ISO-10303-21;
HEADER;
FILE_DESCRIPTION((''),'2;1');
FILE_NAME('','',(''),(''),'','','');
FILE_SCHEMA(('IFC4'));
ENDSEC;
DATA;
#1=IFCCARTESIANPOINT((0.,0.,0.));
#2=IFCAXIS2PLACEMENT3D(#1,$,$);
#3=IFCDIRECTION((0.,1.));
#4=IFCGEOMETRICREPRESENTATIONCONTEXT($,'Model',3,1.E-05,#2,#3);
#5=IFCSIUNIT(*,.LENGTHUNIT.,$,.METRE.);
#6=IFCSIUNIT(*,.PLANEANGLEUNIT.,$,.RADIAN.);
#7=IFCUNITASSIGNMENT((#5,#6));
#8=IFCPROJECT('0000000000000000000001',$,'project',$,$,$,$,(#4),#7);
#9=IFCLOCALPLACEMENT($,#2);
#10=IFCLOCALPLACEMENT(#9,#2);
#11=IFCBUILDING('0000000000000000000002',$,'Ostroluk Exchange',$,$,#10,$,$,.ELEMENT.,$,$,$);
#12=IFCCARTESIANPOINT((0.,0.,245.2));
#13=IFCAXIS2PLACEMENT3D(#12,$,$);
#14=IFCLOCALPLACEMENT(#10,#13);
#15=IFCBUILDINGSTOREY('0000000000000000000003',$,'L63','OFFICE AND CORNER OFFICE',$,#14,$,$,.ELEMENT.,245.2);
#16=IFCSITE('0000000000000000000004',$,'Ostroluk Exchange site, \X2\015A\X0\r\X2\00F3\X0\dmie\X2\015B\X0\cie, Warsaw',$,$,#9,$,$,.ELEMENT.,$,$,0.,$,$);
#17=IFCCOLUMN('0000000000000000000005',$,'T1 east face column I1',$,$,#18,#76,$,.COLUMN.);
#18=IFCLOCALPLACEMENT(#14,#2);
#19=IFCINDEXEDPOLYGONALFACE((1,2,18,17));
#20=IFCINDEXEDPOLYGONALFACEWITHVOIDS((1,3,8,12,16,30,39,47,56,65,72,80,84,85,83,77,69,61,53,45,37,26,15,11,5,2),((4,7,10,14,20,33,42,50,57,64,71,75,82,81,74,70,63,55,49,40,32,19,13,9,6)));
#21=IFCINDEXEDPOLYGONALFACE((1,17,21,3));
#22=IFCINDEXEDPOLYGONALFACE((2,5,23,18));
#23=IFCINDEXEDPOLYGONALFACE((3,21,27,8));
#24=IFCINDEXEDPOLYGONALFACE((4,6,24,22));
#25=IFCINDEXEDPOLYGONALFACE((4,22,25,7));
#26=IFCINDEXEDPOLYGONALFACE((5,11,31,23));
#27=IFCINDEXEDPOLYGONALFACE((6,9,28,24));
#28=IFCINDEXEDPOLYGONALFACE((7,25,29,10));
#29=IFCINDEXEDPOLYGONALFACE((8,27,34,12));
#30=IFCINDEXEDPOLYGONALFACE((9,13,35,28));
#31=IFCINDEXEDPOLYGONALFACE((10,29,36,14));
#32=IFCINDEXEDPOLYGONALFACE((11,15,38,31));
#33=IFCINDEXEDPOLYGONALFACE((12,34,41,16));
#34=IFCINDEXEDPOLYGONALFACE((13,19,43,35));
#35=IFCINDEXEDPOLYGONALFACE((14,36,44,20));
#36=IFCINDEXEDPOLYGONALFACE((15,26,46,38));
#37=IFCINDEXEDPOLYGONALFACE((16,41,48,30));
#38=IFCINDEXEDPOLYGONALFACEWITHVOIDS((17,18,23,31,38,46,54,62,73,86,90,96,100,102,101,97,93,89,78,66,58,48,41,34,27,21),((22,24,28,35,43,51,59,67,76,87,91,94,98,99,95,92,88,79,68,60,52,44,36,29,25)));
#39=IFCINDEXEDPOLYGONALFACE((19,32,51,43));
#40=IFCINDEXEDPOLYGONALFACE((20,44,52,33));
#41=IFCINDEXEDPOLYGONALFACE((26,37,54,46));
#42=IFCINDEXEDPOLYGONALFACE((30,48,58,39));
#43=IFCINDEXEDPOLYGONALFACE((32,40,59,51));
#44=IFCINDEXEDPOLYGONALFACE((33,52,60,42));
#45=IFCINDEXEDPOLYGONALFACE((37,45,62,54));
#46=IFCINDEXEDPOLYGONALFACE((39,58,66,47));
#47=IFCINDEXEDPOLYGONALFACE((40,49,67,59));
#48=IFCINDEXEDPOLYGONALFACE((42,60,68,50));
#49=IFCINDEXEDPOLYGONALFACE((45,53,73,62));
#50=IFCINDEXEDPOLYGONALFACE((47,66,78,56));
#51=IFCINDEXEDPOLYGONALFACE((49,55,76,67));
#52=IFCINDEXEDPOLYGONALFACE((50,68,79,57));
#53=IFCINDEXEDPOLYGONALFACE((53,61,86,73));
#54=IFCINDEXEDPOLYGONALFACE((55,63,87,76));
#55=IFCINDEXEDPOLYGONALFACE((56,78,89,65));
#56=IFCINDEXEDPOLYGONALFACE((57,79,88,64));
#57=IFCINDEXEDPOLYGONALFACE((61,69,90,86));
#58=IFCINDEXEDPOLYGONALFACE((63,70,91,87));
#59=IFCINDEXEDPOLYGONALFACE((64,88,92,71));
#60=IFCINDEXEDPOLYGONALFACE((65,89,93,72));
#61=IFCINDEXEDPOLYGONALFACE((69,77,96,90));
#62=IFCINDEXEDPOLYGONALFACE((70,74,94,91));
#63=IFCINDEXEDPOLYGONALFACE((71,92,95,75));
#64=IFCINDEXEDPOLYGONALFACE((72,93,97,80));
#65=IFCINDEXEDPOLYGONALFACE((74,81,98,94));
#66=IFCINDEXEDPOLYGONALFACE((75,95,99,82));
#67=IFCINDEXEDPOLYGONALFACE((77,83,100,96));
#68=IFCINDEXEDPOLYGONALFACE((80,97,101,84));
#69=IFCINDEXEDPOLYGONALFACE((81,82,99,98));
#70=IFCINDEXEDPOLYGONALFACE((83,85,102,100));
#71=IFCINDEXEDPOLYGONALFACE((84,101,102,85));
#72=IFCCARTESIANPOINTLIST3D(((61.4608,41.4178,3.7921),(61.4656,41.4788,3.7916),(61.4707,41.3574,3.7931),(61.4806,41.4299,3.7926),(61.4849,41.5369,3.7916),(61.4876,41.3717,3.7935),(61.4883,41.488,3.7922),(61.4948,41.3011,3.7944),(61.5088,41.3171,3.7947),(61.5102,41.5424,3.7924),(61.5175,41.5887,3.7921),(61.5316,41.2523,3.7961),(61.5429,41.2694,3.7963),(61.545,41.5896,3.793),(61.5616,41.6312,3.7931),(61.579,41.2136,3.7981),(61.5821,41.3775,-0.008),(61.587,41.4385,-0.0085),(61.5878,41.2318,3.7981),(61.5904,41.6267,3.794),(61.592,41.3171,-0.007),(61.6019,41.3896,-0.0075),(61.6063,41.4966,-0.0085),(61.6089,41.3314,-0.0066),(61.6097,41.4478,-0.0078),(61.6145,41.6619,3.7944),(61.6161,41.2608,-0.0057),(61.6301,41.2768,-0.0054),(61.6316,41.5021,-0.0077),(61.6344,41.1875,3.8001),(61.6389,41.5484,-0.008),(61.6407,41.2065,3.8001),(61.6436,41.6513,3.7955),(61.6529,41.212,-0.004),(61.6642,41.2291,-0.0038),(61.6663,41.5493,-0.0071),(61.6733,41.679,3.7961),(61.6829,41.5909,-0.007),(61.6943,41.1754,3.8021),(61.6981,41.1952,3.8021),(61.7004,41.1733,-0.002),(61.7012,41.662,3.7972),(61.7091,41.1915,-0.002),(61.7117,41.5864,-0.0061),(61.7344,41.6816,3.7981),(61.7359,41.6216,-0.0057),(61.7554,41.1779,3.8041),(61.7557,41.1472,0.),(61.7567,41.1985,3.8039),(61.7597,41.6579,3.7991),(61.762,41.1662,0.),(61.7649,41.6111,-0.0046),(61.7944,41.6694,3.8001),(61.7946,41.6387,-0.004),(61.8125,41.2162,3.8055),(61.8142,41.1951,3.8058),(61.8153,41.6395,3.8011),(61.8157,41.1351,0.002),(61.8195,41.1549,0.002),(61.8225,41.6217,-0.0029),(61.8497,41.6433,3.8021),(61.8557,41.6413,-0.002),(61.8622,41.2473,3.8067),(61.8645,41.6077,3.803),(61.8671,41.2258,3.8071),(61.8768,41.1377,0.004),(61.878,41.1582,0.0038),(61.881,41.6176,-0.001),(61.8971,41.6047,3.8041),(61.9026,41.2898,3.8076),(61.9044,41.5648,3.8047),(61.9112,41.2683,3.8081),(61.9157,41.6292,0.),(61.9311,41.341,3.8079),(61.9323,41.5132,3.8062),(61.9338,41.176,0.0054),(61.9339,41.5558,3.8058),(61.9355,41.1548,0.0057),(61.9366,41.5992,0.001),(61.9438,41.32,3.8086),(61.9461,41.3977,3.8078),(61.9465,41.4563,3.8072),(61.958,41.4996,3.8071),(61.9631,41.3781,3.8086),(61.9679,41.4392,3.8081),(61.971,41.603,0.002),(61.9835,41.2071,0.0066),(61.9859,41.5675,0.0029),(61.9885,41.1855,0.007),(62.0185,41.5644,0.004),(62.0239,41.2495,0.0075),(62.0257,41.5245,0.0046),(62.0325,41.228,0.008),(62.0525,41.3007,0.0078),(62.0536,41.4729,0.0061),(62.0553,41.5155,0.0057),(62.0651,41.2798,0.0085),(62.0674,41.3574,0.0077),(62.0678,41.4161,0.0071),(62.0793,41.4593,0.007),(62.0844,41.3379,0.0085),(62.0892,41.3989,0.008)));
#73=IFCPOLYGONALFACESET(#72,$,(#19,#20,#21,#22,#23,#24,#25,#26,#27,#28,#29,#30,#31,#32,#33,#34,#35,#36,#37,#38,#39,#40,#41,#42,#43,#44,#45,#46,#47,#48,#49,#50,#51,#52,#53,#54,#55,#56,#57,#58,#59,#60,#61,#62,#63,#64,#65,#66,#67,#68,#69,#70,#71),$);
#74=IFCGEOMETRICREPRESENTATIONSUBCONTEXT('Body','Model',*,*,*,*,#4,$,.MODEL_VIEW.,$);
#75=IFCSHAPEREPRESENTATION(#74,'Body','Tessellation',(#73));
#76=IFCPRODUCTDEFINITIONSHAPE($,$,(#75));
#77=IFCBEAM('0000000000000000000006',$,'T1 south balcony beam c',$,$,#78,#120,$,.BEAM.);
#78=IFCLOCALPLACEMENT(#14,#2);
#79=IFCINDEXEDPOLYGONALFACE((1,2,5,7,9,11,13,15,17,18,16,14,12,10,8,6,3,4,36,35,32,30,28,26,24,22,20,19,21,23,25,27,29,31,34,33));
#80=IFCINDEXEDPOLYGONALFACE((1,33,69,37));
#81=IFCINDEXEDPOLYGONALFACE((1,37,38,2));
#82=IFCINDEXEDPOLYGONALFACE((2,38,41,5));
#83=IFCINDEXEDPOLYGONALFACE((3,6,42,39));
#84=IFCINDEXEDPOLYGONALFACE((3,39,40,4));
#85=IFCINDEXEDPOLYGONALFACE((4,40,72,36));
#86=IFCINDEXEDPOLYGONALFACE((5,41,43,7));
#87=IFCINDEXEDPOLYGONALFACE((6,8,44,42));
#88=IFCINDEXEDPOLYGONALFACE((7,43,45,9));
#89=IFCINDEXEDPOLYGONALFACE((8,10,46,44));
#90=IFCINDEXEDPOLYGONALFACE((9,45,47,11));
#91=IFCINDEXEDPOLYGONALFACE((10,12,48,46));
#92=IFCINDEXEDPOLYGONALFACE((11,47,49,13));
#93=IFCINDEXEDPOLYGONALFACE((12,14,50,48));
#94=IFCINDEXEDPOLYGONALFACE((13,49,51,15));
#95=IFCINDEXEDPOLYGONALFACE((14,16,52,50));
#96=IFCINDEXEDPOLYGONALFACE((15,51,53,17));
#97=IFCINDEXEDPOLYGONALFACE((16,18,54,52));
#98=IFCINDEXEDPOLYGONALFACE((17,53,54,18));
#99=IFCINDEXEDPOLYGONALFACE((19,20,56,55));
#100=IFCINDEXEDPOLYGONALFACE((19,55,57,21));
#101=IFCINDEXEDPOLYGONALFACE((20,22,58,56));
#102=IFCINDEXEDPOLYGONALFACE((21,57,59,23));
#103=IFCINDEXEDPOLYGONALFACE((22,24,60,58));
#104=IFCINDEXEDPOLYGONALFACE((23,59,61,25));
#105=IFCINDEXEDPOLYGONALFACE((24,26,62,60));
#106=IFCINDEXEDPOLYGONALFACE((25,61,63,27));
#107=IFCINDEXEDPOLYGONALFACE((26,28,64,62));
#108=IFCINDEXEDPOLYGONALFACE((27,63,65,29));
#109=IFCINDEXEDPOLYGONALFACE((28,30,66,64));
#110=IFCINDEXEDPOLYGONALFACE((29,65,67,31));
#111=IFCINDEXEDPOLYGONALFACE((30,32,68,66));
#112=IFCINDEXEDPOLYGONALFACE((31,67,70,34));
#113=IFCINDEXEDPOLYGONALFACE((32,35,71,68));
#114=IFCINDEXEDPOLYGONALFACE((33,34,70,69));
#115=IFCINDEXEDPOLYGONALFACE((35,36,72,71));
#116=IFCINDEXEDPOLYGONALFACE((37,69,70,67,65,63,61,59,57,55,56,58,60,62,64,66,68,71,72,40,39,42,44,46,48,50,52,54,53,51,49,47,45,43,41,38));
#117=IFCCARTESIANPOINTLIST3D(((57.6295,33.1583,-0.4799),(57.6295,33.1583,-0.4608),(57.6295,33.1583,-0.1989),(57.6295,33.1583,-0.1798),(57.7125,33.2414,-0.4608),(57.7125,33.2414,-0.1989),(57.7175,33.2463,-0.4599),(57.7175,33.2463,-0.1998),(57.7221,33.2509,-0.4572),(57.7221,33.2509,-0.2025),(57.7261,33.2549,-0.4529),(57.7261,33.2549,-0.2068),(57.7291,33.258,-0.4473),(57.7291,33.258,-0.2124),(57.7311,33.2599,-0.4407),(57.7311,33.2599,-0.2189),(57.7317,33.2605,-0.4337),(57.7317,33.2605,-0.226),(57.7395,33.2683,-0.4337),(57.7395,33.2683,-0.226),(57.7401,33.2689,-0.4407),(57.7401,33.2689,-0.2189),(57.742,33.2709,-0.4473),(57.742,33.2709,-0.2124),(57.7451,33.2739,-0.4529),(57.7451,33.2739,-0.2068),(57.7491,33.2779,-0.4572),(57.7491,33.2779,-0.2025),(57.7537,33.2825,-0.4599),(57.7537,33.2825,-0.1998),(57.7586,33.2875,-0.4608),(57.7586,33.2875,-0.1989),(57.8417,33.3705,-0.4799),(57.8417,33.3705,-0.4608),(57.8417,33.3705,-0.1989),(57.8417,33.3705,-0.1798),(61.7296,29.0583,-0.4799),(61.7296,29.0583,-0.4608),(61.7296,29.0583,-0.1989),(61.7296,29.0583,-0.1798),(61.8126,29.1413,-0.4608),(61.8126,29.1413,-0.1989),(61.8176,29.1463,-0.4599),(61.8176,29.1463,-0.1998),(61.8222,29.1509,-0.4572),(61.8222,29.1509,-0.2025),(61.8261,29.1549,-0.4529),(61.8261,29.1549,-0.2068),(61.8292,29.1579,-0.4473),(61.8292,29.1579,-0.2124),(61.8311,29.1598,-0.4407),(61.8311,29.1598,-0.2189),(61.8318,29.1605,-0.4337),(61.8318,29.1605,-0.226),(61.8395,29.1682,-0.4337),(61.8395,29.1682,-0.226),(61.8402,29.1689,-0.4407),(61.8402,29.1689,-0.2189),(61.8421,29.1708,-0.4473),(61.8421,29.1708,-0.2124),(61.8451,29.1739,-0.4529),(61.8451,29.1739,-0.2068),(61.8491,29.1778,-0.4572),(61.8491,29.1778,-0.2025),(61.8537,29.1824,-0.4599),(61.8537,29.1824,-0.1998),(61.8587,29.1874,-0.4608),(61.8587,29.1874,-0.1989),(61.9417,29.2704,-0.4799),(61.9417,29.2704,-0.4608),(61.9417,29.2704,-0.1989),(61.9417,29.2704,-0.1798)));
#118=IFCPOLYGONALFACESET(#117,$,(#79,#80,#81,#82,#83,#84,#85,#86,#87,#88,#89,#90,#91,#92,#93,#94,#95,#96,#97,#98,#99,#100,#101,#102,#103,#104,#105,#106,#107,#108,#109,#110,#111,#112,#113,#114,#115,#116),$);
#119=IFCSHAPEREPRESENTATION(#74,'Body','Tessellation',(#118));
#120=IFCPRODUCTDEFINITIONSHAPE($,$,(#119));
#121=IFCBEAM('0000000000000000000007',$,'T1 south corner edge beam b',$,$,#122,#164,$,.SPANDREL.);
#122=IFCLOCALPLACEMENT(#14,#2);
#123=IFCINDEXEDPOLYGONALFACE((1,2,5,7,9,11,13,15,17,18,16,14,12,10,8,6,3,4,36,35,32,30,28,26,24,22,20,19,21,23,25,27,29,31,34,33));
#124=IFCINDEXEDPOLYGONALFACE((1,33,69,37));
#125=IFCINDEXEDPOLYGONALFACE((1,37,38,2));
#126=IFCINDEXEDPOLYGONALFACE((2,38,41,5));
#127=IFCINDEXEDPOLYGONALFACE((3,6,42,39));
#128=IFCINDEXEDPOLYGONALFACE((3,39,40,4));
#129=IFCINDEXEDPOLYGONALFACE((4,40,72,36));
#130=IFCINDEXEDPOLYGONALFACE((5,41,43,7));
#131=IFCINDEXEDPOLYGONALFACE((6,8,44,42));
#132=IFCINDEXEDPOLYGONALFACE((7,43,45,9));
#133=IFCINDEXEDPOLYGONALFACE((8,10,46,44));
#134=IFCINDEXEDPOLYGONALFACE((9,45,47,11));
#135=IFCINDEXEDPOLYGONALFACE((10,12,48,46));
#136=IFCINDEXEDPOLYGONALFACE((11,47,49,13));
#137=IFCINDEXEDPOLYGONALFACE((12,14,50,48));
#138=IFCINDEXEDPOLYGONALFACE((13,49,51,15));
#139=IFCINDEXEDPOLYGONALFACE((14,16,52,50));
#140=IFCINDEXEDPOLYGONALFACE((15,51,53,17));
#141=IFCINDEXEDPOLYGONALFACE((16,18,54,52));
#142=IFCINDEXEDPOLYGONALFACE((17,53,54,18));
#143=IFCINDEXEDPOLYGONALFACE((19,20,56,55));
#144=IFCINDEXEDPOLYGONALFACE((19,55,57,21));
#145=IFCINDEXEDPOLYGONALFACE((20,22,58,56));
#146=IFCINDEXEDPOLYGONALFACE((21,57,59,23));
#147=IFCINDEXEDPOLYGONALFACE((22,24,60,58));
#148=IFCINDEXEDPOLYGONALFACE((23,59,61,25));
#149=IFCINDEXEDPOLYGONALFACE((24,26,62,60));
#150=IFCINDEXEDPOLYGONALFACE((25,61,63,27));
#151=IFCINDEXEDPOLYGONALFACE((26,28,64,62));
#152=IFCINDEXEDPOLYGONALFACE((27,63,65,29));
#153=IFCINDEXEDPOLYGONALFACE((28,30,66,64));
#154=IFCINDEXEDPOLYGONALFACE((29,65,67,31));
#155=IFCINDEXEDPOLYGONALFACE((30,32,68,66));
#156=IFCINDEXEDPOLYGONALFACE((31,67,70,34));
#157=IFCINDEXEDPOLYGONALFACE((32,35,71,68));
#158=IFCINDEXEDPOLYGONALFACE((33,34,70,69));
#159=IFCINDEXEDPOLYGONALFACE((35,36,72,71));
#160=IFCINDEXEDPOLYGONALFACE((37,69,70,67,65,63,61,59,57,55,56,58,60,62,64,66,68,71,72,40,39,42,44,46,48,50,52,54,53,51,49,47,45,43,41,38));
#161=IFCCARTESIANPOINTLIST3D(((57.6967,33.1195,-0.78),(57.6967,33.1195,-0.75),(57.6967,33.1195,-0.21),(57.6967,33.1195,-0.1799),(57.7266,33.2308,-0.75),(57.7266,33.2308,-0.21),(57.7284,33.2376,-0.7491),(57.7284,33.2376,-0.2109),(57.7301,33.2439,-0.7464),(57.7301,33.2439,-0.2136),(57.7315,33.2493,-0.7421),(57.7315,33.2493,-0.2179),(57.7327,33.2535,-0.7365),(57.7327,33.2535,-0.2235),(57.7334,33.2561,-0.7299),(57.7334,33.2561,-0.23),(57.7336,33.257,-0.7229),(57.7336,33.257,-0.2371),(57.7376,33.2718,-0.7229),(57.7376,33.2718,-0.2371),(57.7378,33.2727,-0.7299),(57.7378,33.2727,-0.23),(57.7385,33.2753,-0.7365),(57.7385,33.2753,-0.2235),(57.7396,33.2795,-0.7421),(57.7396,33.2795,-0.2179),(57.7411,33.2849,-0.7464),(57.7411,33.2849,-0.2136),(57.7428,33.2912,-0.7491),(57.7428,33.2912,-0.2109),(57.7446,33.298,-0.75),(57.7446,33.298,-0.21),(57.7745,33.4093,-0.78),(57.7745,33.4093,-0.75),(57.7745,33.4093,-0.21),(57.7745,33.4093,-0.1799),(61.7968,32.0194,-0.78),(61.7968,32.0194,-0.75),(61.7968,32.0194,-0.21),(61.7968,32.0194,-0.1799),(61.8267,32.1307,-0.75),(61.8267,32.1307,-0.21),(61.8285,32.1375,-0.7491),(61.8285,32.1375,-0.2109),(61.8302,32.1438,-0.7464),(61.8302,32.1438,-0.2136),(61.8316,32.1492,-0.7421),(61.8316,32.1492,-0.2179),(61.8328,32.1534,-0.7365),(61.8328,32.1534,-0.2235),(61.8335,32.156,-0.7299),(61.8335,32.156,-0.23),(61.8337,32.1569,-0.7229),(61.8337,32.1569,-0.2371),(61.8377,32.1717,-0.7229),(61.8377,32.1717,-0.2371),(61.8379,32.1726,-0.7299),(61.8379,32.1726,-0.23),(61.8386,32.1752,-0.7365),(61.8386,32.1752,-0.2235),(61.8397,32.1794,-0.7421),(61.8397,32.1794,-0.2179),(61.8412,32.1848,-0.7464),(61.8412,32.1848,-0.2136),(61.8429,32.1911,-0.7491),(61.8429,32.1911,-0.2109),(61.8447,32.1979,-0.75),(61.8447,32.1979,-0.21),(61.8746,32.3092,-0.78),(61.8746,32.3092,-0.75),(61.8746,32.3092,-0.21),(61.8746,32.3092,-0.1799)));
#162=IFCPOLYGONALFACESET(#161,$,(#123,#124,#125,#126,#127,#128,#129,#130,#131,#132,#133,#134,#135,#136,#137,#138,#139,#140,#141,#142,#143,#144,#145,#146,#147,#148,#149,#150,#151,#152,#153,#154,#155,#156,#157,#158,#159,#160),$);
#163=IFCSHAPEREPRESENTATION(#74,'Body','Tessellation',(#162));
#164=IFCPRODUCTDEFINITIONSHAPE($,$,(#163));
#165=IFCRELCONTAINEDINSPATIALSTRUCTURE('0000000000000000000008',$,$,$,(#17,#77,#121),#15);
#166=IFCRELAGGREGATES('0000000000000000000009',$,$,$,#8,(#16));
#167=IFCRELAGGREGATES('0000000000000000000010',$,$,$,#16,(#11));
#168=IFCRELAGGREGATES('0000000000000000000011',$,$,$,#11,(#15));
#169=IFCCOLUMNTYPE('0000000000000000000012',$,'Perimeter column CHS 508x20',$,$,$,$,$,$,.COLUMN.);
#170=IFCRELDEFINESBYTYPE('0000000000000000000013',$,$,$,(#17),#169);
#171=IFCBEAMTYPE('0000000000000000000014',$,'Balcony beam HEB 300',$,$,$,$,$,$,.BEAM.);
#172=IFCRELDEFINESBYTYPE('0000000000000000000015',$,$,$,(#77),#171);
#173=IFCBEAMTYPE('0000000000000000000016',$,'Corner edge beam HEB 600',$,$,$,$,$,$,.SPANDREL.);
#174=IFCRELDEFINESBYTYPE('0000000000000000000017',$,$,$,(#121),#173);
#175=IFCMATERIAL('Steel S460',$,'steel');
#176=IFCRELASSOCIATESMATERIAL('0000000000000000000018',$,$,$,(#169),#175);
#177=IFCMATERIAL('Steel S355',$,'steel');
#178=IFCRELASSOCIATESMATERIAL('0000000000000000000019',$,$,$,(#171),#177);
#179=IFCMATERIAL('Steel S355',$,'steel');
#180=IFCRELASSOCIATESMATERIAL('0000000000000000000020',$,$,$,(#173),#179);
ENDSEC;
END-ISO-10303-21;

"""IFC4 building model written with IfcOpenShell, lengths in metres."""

from ifc_helpers import new_model, si_unit, direction, frame, origin, origin_2d, place, context, subcontext, project, spatial, hollow_circle, i_section, extrude, material, material_profile, profile_set, type_object, element, save


model = new_model("IFC4")

# Units and contexts
model_context = context("Model", 3, precision=1e-05, world=origin(), true_north=direction((0.0, 1.0)))
body_context = subcontext(model_context, "Body", "Model", "MODEL_VIEW")
ifc_project = project(units=[si_unit("LENGTHUNIT", "METRE"), si_unit("PLANEANGLEUNIT", "RADIAN")], contexts=[model_context])

# Site, building, storey
site_placement = place(None, origin())
site = spatial("IfcSite", under=ifc_project, at=site_placement, Name="Ostroluk Exchange site, Śródmieście, Warsaw", CompositionType="ELEMENT", RefElevation=0.0)
building_placement = place(site_placement, origin())
building = spatial("IfcBuilding", under=site, at=building_placement, Name="Ostroluk Exchange", CompositionType="ELEMENT")
storey_placement = place(building_placement, frame((0.0, 0.0, 245.2)))
storey = spatial("IfcBuildingStorey", under=building, at=storey_placement, Name="L63", Description="OFFICE AND CORNER OFFICE", CompositionType="ELEMENT", Elevation=245.2)

# Column
ifc_material_1 = material(Name="Steel S460", Category="steel")
ifc_material_profile_1 = material_profile(ifc_material_1, hollow_circle(Radius=0.2539, WallThickness=0.02, at=origin_2d()), Name="CHS 508x20")
ifc_profile_set_1 = profile_set([ifc_material_profile_1], Name="Steel S460")
column_type = type_object("IfcColumnType", Name="Perimeter column CHS 508x20", PredefinedType="COLUMN", material=ifc_profile_set_1)
column_placement = place(storey_placement, frame((61.8357, 41.3882, 0.0), z_axis=(-0.031913, 0.010595, 0.999435), x_axis=(-0.315082, -0.949065, 0.0)))
element("IfcColumn", 1, at=column_placement, inside=storey, type_object=column_type, Name="T1 east face column I1", PredefinedType="COLUMN", context=body_context, shape_type="SweptSolid", body=[
    extrude(hollow_circle(Radius=0.2539, WallThickness=0.02, at=origin_2d()), origin(), (0.0, 0.0, 1.0), 3.8022),
])

# Beams
ifc_material_2 = material(Name="Steel S355", Category="steel")
ifc_material_profile_2 = material_profile(ifc_material_2, i_section(OverallWidth=0.3, OverallDepth=0.3, WebThickness=0.011, FlangeThickness=0.019, FilletRadius=0.0271, at=origin_2d()), Name="HEB 300")
ifc_profile_set_2 = profile_set([ifc_material_profile_2], Name="Steel S355")
beam_type_1 = type_object("IfcBeamType", Name="Balcony beam HEB 300", PredefinedType="BEAM", material=ifc_profile_set_2)
beam_1_placement = place(storey_placement, frame((57.7356, 33.2644, -0.3298), z_axis=(0.707107, -0.707107, 0.0), x_axis=(0.707107, 0.707107, 0.0)))
element("IfcBeam", 2, at=beam_1_placement, inside=storey, type_object=beam_type_1, Name="T1 south balcony beam c", PredefinedType="BEAM", context=body_context, shape_type="SweptSolid", body=[
    extrude(i_section(OverallWidth=0.3, OverallDepth=0.3, WebThickness=0.011, FlangeThickness=0.019, FilletRadius=0.0271, at=origin_2d()), origin(), (0.0, 0.0, 1.0), 5.7983),
])
ifc_material_3 = material(Name="Steel S355", Category="steel")
ifc_material_profile_3 = material_profile(ifc_material_3, i_section(OverallWidth=0.3, OverallDepth=0.6001, WebThickness=0.0154, FlangeThickness=0.03, FilletRadius=0.0271, at=origin_2d()), Name="HEB 600")
ifc_profile_set_3 = profile_set([ifc_material_profile_3], Name="Steel S355")
beam_type_2 = type_object("IfcBeamType", Name="Corner edge beam HEB 600", PredefinedType="SPANDREL", material=ifc_profile_set_3)
beam_2_placement = place(storey_placement, frame((57.7356, 33.2644, -0.48), z_axis=(0.965839, -0.259144, 0.0), x_axis=(0.259144, 0.965839, 0.0)))
element("IfcBeam", 3, at=beam_2_placement, inside=storey, type_object=beam_type_2, Name="T1 south corner edge beam b", PredefinedType="SPANDREL", context=body_context, shape_type="SweptSolid", body=[
    extrude(i_section(OverallWidth=0.3, OverallDepth=0.6001, WebThickness=0.0154, FlangeThickness=0.03, FilletRadius=0.0271, at=origin_2d()), origin(), (0.0, 0.0, 1.0), 4.2451),
])

save(model, "model.ifc")
